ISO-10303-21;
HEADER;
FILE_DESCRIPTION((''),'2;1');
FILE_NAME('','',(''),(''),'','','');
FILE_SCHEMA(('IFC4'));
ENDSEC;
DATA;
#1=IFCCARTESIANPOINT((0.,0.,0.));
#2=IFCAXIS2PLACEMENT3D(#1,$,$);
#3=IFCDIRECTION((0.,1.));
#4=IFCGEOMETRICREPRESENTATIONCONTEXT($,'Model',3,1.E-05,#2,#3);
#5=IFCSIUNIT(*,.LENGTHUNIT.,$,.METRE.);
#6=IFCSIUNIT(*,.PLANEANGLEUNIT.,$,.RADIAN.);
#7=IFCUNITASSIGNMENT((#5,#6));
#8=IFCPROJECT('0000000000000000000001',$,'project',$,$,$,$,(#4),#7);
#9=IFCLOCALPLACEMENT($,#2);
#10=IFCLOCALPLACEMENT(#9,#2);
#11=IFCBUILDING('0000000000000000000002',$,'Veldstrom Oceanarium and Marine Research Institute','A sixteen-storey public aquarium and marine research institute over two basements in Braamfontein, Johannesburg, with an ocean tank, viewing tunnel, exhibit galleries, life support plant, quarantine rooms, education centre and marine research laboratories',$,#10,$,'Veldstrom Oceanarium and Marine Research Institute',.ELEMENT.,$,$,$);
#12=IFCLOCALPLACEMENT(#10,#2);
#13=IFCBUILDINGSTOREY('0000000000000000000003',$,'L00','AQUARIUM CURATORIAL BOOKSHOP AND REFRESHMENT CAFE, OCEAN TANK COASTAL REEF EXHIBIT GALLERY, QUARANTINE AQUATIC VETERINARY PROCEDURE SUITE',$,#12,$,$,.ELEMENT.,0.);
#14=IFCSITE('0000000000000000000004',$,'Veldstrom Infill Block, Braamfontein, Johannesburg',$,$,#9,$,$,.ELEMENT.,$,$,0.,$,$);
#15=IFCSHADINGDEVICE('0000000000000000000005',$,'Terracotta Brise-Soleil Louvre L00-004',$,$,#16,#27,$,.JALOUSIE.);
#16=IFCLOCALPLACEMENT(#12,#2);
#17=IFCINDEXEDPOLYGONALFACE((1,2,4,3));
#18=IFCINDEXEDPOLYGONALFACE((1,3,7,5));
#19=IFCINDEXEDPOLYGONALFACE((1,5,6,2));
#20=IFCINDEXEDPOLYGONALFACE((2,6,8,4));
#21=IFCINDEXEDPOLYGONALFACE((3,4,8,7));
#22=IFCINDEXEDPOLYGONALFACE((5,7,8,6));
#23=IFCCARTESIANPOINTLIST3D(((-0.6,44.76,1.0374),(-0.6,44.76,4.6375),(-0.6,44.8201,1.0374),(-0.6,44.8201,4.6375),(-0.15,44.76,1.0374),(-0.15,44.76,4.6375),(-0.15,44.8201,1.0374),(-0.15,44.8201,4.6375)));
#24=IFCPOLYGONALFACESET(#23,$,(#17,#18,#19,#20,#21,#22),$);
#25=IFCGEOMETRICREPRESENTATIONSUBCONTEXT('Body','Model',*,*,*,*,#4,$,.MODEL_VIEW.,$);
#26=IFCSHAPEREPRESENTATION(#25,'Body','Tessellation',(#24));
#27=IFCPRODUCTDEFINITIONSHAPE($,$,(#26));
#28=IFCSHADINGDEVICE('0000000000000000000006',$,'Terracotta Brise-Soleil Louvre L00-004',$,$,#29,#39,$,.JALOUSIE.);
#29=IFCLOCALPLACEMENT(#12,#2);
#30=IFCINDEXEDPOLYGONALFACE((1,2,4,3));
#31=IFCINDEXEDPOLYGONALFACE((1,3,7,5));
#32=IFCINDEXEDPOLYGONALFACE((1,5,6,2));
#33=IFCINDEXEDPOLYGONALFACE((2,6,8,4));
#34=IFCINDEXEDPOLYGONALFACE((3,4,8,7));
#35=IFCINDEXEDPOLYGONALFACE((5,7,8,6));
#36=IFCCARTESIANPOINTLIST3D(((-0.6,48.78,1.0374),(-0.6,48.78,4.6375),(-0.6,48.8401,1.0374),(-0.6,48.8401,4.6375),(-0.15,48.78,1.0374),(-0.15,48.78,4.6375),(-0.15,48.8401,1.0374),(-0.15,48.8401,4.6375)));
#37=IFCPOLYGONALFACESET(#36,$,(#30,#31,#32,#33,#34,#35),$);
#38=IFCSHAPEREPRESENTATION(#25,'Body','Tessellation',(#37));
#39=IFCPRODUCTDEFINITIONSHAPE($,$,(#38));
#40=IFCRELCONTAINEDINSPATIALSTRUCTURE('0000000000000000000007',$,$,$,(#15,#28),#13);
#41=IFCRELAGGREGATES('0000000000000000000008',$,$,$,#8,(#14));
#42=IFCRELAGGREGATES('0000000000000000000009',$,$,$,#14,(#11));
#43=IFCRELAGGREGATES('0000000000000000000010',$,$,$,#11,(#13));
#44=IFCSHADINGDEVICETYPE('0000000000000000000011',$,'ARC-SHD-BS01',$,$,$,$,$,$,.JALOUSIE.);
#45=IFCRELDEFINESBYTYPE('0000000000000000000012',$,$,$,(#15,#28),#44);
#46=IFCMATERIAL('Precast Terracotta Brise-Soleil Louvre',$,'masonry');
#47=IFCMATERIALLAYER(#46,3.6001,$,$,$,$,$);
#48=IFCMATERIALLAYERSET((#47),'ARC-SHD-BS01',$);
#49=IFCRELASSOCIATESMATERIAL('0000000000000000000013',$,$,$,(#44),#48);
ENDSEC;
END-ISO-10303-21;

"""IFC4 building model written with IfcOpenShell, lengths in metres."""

from ifc_helpers import new_model, si_unit, direction, frame, origin, origin_2d, place, context, subcontext, project, spatial, rectangle, extrude, material, layer, layer_set, type_object, element, save


model = new_model("IFC4")

# Units and contexts
model_context = context("Model", 3, precision=1e-05, world=origin(), true_north=direction((0.0, 1.0)))
body_context = subcontext(model_context, "Body", "Model", "MODEL_VIEW")
ifc_project = project(units=[si_unit("LENGTHUNIT", "METRE"), si_unit("PLANEANGLEUNIT", "RADIAN")], contexts=[model_context])

# Site, building, storey
site_placement = place(None, origin())
site = spatial("IfcSite", under=ifc_project, at=site_placement, Name="Veldstrom Infill Block, Braamfontein, Johannesburg", CompositionType="ELEMENT", RefElevation=0.0)
building_placement = place(site_placement, origin())
building = spatial("IfcBuilding", under=site, at=building_placement, Name="Veldstrom Oceanarium and Marine Research Institute", Description="A sixteen-storey public aquarium and marine research institute over two basements in Braamfontein, Johannesburg, with an ocean tank, viewing tunnel, exhibit galleries, life support plant, quarantine rooms, education centre and marine research laboratories", LongName="Veldstrom Oceanarium and Marine Research Institute", CompositionType="ELEMENT")
storey_placement = place(building_placement, origin())
storey = spatial("IfcBuildingStorey", under=building, at=storey_placement, Name="L00", Description="AQUARIUM CURATORIAL BOOKSHOP AND REFRESHMENT CAFE, OCEAN TANK COASTAL REEF EXHIBIT GALLERY, QUARANTINE AQUATIC VETERINARY PROCEDURE SUITE", CompositionType="ELEMENT", Elevation=0.0)

# Shading devices
ifc_material_1 = material(Name="Precast Terracotta Brise-Soleil Louvre", Category="masonry")
ifc_layer_1 = layer(ifc_material_1, 3.6001)
ifc_layer_set_1 = layer_set([ifc_layer_1], Name="ARC-SHD-BS01")
shading_device_type = type_object("IfcShadingDeviceType", Name="ARC-SHD-BS01", PredefinedType="JALOUSIE", material=ifc_layer_set_1)
for number, where, z_axis, x_axis, name in (
    (1, (-0.375, 44.79, 1.0374), (0.0, 0.0, 1.0), (1.0, 0.0, 0.0), "Terracotta Brise-Soleil Louvre L00-004"),
    (2, (-0.375, 48.8101, 1.0374), (0.0, 0.0, 1.0), (1.0, 0.0, 0.0), "Terracotta Brise-Soleil Louvre L00-004"),
):
    element("IfcShadingDevice", number, at=place(storey_placement, frame(where, z_axis=z_axis, x_axis=x_axis)), inside=storey, type_object=shading_device_type, Name=name, PredefinedType="JALOUSIE", context=body_context, shape_type="SweptSolid", body=[
        extrude(rectangle(XDim=0.45, YDim=0.0601, at=origin_2d()), origin(), (0.0, 0.0, 1.0), 3.6001),
    ])

save(model, "model.ifc")
